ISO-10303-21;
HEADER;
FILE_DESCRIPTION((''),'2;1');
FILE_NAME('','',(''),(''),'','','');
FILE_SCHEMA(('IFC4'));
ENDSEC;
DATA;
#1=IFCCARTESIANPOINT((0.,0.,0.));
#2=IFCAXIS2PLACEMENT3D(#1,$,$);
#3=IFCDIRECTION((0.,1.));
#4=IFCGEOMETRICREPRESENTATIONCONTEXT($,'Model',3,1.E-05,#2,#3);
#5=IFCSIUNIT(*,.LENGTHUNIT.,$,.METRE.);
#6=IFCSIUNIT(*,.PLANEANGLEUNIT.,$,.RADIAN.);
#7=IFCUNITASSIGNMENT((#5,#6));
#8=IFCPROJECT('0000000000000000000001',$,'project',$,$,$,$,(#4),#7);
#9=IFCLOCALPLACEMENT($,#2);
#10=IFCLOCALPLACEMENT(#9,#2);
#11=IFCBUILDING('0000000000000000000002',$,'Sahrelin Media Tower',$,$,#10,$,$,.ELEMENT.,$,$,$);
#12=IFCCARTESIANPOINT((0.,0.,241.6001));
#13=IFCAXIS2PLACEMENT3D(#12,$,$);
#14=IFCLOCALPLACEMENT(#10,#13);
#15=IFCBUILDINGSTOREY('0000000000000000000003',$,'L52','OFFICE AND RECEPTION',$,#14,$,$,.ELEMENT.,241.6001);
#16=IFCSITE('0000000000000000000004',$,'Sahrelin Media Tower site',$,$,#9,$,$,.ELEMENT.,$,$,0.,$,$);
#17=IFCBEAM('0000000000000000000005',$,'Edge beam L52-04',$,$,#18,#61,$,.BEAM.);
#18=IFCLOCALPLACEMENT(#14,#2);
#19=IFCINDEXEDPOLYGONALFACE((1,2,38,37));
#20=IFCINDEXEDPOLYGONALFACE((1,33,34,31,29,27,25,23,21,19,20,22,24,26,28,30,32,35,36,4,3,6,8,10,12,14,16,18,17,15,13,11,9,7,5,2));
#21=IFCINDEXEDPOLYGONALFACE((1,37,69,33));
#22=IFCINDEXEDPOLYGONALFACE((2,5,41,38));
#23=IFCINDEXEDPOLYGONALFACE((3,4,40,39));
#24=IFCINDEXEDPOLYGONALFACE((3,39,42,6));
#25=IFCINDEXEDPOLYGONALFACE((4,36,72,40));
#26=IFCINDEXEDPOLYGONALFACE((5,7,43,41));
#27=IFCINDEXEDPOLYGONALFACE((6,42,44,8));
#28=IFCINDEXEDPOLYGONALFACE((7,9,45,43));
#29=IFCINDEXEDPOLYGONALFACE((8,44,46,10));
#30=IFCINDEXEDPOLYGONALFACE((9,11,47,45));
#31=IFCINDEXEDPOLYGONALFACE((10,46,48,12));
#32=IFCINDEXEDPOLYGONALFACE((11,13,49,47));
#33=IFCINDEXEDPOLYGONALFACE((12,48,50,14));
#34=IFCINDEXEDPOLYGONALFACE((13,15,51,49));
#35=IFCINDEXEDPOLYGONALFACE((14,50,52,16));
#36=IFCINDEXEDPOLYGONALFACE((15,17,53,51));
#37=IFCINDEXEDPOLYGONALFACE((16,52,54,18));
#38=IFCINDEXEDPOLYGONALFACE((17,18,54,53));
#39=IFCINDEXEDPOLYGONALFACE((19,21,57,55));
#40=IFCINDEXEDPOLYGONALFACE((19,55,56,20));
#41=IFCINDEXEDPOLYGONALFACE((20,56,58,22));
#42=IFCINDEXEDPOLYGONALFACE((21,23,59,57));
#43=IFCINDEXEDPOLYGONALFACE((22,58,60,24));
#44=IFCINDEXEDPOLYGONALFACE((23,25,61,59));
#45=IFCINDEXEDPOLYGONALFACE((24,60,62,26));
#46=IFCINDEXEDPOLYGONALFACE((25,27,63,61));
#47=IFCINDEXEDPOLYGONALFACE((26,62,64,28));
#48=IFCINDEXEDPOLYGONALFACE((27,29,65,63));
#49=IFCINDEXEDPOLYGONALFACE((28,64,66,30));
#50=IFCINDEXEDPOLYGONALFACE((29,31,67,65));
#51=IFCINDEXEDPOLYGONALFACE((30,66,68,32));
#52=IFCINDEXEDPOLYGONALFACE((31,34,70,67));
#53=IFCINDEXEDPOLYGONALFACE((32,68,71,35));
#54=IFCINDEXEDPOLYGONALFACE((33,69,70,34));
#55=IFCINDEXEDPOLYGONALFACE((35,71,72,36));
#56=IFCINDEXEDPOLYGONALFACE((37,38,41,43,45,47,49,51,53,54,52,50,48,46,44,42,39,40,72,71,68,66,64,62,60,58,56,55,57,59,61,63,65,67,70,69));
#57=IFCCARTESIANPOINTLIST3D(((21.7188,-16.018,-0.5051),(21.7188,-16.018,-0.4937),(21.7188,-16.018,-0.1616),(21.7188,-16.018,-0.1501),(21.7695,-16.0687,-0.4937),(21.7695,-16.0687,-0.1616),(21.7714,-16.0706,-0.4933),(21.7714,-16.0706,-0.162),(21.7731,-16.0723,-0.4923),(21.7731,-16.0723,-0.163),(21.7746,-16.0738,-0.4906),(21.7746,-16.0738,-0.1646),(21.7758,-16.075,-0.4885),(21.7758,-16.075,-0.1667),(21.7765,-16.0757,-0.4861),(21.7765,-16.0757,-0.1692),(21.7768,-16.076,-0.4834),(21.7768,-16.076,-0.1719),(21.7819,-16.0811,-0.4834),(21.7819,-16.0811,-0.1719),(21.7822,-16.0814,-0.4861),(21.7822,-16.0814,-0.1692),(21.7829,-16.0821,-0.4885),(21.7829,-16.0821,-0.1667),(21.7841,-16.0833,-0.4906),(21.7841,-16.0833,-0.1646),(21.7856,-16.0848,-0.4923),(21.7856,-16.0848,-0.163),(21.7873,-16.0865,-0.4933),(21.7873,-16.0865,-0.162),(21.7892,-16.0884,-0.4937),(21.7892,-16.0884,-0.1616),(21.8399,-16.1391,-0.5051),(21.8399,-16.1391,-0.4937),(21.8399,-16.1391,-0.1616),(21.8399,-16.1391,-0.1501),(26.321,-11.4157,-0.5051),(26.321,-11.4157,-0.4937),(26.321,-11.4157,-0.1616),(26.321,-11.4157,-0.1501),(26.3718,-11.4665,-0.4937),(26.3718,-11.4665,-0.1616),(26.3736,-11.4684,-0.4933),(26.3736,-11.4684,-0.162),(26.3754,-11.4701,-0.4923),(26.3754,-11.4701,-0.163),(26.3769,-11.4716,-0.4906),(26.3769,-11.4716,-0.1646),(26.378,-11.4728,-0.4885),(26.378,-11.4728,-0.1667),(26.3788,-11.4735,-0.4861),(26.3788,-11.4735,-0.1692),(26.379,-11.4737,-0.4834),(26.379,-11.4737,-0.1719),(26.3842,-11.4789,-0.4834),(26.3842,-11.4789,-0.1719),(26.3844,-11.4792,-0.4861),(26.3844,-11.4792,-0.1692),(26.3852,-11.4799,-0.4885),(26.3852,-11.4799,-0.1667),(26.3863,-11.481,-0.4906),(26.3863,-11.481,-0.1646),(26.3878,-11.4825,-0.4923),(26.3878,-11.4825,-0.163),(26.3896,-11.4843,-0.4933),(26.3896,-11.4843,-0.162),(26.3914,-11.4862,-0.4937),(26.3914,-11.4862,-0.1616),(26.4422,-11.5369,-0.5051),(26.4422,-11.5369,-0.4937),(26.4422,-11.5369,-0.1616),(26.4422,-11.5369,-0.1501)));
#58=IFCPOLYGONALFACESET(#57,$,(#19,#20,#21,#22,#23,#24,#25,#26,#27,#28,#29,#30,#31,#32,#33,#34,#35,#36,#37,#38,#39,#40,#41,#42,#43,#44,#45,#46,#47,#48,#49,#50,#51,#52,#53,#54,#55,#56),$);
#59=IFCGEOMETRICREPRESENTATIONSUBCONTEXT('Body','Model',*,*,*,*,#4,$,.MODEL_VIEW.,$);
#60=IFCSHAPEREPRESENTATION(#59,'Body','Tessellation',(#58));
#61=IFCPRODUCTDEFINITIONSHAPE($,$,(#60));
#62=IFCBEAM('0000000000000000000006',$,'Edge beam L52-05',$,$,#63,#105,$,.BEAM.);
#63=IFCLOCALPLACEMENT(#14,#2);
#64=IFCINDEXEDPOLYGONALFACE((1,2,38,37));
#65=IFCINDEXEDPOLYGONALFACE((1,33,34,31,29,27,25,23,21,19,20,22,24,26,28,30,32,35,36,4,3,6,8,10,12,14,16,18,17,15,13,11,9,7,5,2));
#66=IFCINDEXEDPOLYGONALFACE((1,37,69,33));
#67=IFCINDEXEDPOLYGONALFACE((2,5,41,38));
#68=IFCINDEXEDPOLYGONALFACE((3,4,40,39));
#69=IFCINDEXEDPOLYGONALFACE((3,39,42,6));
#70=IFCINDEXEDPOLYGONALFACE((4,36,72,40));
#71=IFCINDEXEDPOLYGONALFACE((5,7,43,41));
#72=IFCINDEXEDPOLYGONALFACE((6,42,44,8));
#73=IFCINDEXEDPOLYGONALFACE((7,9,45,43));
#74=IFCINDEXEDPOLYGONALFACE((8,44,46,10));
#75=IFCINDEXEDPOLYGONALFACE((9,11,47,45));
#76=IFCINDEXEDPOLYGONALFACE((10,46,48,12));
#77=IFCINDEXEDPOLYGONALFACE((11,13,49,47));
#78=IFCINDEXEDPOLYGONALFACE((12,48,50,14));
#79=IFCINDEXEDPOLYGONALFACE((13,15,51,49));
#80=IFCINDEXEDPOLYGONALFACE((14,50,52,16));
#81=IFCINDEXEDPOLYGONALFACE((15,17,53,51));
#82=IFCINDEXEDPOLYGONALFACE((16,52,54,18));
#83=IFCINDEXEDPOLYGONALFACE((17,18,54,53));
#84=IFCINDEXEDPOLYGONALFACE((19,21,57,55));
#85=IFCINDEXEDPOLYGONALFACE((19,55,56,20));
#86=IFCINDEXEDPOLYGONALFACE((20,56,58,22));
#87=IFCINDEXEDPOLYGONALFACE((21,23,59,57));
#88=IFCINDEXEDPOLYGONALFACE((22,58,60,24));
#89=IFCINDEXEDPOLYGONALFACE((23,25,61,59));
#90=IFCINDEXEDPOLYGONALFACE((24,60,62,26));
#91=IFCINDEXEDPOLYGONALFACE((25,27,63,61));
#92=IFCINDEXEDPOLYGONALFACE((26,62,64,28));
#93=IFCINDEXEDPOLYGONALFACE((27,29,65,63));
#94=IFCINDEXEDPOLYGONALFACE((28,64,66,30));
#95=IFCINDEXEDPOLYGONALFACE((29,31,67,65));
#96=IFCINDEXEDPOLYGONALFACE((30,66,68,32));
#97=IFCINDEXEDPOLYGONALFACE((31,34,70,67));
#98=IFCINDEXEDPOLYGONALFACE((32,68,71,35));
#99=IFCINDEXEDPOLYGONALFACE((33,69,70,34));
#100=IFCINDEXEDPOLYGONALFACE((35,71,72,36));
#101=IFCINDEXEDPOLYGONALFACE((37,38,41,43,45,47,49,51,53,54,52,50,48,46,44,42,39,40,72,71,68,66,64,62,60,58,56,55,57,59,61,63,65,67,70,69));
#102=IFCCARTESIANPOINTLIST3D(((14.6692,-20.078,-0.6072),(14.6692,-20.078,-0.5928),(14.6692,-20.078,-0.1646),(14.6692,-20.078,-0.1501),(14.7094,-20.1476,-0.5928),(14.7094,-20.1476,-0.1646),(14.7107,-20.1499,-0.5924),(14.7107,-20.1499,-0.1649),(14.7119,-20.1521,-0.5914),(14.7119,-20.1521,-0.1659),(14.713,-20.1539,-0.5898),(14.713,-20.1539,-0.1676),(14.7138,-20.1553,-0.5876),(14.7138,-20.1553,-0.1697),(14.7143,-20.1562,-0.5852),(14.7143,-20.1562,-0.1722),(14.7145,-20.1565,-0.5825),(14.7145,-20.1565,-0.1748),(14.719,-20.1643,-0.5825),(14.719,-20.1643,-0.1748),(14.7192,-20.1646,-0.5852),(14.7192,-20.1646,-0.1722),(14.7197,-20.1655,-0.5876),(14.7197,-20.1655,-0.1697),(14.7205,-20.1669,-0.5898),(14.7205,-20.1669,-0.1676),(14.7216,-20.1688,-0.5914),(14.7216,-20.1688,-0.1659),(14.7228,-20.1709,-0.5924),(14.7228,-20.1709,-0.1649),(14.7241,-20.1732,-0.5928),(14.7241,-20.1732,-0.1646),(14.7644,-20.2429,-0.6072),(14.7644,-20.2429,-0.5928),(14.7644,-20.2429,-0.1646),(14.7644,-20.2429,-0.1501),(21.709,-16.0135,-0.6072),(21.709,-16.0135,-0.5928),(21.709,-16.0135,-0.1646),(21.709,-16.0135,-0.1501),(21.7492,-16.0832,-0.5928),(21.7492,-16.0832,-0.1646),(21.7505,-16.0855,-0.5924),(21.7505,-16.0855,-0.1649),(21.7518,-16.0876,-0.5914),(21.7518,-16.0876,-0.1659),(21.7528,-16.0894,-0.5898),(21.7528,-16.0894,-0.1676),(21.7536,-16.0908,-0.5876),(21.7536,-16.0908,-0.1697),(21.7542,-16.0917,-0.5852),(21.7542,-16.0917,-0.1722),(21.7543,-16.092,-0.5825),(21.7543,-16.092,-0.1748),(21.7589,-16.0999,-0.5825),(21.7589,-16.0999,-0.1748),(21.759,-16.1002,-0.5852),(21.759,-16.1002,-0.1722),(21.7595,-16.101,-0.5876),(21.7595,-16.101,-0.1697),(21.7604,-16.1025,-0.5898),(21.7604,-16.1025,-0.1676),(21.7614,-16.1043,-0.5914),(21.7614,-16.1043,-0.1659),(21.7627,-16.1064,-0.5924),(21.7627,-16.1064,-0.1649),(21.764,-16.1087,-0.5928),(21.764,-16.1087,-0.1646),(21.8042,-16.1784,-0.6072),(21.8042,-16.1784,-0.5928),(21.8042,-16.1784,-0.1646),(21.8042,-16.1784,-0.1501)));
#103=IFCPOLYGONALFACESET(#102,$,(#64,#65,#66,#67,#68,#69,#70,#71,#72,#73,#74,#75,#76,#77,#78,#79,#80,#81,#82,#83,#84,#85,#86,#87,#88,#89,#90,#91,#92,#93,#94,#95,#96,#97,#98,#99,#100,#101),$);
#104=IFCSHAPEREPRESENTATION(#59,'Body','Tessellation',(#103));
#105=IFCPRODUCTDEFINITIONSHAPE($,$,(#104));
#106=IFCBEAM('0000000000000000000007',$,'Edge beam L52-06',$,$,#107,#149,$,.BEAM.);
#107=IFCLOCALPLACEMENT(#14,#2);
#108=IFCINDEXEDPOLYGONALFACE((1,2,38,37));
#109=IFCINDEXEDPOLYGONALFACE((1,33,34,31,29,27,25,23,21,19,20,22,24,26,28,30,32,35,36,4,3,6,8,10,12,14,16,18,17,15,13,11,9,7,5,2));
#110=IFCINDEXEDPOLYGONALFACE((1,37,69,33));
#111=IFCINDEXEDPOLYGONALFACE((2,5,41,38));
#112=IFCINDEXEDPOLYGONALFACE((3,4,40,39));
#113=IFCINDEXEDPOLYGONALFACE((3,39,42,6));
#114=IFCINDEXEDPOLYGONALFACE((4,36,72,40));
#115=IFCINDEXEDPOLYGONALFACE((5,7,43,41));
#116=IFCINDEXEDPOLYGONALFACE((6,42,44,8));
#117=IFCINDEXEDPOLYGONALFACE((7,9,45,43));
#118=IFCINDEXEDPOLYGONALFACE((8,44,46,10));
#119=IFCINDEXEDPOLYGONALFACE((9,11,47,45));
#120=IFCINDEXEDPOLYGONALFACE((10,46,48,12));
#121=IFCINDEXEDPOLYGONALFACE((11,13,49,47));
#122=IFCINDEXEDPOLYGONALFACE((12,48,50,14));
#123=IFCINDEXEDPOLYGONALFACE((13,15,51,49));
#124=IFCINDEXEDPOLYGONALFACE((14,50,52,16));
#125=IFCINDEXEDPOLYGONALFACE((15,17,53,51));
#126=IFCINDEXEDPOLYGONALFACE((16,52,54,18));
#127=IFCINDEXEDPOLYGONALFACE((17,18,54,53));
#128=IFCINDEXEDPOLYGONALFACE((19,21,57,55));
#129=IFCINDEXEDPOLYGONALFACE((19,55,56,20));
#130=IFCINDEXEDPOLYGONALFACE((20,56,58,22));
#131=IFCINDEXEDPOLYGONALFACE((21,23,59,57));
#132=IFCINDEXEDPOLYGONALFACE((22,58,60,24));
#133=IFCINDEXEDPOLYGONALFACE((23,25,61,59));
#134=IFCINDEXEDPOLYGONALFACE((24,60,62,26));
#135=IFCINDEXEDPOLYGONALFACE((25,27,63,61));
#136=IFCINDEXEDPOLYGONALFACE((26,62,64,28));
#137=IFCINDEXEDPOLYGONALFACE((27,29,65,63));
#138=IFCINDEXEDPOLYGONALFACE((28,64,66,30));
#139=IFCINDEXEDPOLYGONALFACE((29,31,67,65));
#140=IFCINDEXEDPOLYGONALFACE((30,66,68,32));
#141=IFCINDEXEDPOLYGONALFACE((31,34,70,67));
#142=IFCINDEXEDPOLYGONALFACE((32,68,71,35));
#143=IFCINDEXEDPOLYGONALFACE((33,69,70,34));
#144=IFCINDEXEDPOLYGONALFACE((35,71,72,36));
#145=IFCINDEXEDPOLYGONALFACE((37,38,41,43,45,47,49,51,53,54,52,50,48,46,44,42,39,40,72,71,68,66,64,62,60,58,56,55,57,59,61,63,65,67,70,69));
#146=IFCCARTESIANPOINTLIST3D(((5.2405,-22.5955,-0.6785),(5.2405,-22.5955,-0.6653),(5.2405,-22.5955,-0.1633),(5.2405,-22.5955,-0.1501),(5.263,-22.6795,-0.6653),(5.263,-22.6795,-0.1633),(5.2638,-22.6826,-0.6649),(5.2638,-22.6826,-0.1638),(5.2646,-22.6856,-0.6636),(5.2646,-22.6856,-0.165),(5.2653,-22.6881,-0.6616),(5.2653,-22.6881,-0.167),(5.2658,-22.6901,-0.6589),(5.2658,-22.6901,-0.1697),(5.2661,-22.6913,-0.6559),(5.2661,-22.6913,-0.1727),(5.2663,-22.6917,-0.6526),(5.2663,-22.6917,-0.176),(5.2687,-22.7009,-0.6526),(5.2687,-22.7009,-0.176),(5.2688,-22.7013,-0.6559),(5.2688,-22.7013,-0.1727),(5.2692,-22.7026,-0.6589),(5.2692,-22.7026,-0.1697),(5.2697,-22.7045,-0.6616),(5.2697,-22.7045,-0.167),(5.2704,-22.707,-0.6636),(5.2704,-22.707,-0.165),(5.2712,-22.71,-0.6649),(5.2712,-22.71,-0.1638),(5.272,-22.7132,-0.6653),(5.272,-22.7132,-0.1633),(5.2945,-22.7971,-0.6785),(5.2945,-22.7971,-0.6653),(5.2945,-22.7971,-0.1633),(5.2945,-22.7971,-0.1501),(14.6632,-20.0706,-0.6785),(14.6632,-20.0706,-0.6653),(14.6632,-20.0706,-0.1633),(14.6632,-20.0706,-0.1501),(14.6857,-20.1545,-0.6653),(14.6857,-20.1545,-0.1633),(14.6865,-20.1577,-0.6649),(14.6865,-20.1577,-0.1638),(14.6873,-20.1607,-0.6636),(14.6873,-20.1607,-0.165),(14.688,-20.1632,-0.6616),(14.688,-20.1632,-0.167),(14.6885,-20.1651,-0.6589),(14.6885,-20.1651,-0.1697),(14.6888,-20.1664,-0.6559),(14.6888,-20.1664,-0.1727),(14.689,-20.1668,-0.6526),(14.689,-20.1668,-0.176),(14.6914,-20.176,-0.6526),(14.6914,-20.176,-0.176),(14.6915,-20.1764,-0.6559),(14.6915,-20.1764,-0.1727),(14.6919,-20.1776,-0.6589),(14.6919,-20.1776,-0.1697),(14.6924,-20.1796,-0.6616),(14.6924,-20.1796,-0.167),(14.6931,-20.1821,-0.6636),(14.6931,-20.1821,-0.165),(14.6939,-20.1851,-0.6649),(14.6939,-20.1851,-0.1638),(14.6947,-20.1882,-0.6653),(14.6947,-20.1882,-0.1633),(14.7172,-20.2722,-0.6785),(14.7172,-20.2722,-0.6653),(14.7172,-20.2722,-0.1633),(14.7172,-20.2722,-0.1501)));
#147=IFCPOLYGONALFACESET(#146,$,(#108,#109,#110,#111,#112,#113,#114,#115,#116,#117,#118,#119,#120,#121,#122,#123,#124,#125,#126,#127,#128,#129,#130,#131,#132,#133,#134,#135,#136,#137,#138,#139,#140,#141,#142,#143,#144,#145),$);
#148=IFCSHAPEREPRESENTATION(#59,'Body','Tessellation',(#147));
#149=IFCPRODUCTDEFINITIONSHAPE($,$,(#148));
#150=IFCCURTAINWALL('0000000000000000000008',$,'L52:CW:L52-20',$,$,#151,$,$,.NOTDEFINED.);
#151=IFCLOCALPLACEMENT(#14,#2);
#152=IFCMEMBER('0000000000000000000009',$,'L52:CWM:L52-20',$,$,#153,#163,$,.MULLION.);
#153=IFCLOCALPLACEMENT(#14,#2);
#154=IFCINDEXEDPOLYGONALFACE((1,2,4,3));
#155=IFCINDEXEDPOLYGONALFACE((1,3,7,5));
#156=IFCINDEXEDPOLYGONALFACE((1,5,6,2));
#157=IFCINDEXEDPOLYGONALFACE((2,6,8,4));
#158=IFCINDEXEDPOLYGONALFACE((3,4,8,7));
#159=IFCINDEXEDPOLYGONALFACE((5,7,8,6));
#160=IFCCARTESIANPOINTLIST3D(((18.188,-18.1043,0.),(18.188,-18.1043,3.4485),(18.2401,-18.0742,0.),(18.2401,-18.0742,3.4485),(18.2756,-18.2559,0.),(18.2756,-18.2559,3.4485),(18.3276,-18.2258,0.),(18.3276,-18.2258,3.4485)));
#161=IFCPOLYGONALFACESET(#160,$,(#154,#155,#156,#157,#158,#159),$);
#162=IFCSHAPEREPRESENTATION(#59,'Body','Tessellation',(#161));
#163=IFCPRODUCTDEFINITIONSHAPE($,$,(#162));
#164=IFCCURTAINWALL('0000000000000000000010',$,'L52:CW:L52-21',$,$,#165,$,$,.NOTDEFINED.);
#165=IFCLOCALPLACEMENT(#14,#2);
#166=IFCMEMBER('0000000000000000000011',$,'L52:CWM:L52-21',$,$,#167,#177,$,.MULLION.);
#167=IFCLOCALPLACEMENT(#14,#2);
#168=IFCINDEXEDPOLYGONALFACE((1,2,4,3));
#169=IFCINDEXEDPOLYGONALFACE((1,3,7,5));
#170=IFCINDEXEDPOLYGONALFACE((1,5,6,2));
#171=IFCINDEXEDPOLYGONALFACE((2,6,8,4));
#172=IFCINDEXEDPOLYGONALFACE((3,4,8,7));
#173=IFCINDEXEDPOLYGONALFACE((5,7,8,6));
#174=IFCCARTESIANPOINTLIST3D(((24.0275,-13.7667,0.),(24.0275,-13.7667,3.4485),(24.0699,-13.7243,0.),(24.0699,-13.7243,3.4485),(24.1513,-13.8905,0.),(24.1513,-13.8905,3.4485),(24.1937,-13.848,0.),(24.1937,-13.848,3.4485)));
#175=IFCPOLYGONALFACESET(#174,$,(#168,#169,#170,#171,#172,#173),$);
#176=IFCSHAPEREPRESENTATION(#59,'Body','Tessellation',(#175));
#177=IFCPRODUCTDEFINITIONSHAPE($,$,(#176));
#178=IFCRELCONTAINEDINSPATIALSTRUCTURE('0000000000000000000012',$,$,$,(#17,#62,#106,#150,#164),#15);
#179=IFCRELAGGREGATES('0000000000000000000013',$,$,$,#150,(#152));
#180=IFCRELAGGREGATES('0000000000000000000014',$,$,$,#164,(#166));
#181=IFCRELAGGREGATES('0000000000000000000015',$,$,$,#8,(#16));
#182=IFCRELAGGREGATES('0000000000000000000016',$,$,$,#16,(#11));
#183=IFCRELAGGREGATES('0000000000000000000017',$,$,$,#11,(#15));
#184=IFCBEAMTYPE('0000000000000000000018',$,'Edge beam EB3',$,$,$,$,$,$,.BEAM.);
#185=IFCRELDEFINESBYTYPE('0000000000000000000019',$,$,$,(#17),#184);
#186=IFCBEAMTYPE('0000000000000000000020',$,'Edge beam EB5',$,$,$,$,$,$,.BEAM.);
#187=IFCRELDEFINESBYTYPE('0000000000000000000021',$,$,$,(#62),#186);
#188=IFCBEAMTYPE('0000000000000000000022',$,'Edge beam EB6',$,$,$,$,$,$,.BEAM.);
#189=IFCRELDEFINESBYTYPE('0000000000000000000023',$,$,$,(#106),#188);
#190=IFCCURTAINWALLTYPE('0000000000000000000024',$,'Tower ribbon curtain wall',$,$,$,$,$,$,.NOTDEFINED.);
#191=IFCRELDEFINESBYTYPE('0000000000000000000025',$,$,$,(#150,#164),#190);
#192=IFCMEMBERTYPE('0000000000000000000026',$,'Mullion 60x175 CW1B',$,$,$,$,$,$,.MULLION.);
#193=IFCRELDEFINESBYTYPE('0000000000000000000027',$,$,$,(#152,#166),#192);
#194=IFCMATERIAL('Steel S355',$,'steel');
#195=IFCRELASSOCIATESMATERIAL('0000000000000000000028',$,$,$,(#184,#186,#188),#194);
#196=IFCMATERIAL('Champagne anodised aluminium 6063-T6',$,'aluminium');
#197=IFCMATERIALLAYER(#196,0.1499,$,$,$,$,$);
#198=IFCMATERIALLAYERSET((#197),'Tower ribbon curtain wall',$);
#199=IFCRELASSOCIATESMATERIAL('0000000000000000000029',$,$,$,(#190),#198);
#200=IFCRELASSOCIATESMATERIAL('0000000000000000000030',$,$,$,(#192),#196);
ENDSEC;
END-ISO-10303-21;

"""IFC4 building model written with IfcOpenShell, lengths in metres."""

from ifc_helpers import new_model, si_unit, direction, frame, origin, origin_2d, place, context, subcontext, project, spatial, rectangle, i_section, extrude, material, layer, layer_set, material_profile, profile_set, type_object, element, aggregate, save


model = new_model("IFC4")

# Units and contexts
model_context = context("Model", 3, precision=1e-05, world=origin(), true_north=direction((0.0, 1.0)))
body_context = subcontext(model_context, "Body", "Model", "MODEL_VIEW")
ifc_project = project(units=[si_unit("LENGTHUNIT", "METRE"), si_unit("PLANEANGLEUNIT", "RADIAN")], contexts=[model_context])

# Site, building, storey
site_placement = place(None, origin())
site = spatial("IfcSite", under=ifc_project, at=site_placement, Name="Sahrelin Media Tower site", CompositionType="ELEMENT", RefElevation=0.0)
building_placement = place(site_placement, origin())
building = spatial("IfcBuilding", under=site, at=building_placement, Name="Sahrelin Media Tower", CompositionType="ELEMENT")
storey_placement = place(building_placement, frame((0.0, 0.0, 241.6001)))
storey = spatial("IfcBuildingStorey", under=building, at=storey_placement, Name="L52", Description="OFFICE AND RECEPTION", CompositionType="ELEMENT", Elevation=241.6001)

# Beams
ifc_material_1 = material(Name="Steel S355", Category="steel")
ifc_material_profile_1 = material_profile(ifc_material_1, i_section(OverallWidth=0.1714, OverallDepth=0.355, WebThickness=0.0073, FlangeThickness=0.0115, FilletRadius=0.0103, at=origin_2d()), Name="UB 356x171x51")
ifc_profile_set_1 = profile_set([ifc_material_profile_1], Name="Steel S355")
beam_type_1 = type_object("IfcBeamType", Name="Edge beam EB3", PredefinedType="BEAM", material=ifc_profile_set_1)
beam_1_placement = place(storey_placement, frame((26.3816, -11.4763, -0.3276), z_axis=(-0.707107, -0.707107, 0.0), x_axis=(0.707107, -0.707107, 0.0)))
element("IfcBeam", 1, at=beam_1_placement, inside=storey, type_object=beam_type_1, Name="Edge beam L52-04", PredefinedType="BEAM", context=body_context, shape_type="SweptSolid", body=[
    extrude(i_section(OverallWidth=0.1714, OverallDepth=0.355, WebThickness=0.0073, FlangeThickness=0.0115, FilletRadius=0.0103, at=origin_2d()), origin(), (0.0, 0.0, 1.0), 6.5085),
])
ifc_material_profile_2 = material_profile(ifc_material_1, i_section(OverallWidth=0.1904, OverallDepth=0.457, WebThickness=0.009, FlangeThickness=0.0144, FilletRadius=0.0103, at=origin_2d()), Name="UB 457x191x74")
ifc_profile_set_2 = profile_set([ifc_material_profile_2], Name="Steel S355")
beam_type_2 = type_object("IfcBeamType", Name="Edge beam EB5", PredefinedType="BEAM", material=ifc_profile_set_2)
beam_2_placement = place(storey_placement, frame((21.7566, -16.0959, -0.3787), z_axis=(-0.866024, -0.500002, 0.0), x_axis=(0.500002, -0.866024, 0.0)))
element("IfcBeam", 2, at=beam_2_placement, inside=storey, type_object=beam_type_2, Name="Edge beam L52-05", PredefinedType="BEAM", context=body_context, shape_type="SweptSolid", body=[
    extrude(i_section(OverallWidth=0.1904, OverallDepth=0.457, WebThickness=0.009, FlangeThickness=0.0144, FilletRadius=0.0103, at=origin_2d()), origin(), (0.0, 0.0, 1.0), 8.1289),
])
ifc_material_profile_3 = material_profile(ifc_material_1, i_section(OverallWidth=0.2087, OverallDepth=0.5283, WebThickness=0.0095, FlangeThickness=0.0132, FilletRadius=0.0127, at=origin_2d()), Name="UB 533x210x82")
ifc_profile_set_3 = profile_set([ifc_material_profile_3], Name="Steel S355")
beam_type_3 = type_object("IfcBeamType", Name="Edge beam EB6", PredefinedType="BEAM", material=ifc_profile_set_3)
beam_3_placement = place(storey_placement, frame((14.6902, -20.1714, -0.4143), z_axis=(-0.965923, -0.258831, 0.0), x_axis=(0.258831, -0.965923, 0.0)))
element("IfcBeam", 3, at=beam_3_placement, inside=storey, type_object=beam_type_3, Name="Edge beam L52-06", PredefinedType="BEAM", context=body_context, shape_type="SweptSolid", body=[
    extrude(i_section(OverallWidth=0.2087, OverallDepth=0.5283, WebThickness=0.0095, FlangeThickness=0.0132, FilletRadius=0.0127, at=origin_2d()), origin(), (0.0, 0.0, 1.0), 9.7551),
])

# Curtain walls, members
ifc_material_2 = material(Name="Champagne anodised aluminium 6063-T6", Category="aluminium")
ifc_layer_1 = layer(ifc_material_2, 0.1499)
ifc_layer_set_1 = layer_set([ifc_layer_1], Name="Tower ribbon curtain wall")
curtain_wall_type = type_object("IfcCurtainWallType", Name="Tower ribbon curtain wall", PredefinedType="NOTDEFINED", material=ifc_layer_set_1)
curtain_wall_1_placement = place(storey_placement, frame((18.3115, -18.2581, 0.0), z_axis=(0.0, 0.0, 1.0), x_axis=(1.0, 0.0, 0.0)))
curtain_wall_1 = element("IfcCurtainWall", 4, at=curtain_wall_1_placement, inside=storey, type_object=curtain_wall_type, Name="L52:CW:L52-20", PredefinedType="NOTDEFINED")
ifc_material_profile_4 = material_profile(ifc_material_2, rectangle(XDim=0.0601, YDim=0.175, at=origin_2d()), Name="Mullion 60x175")
ifc_profile_set_4 = profile_set([ifc_material_profile_4], Name="Champagne anodised aluminium 6063-T6")
member_type_1 = type_object("IfcMemberType", Name="Mullion 60x175 CW1B", PredefinedType="MULLION", material=ifc_profile_set_4)
member_1_placement = place(storey_placement, frame((18.2578, -18.165, 0.0), z_axis=(0.0, 0.0, 1.0), x_axis=(0.866027, 0.499997, 0.0)))
member_1 = element("IfcMember", 5, at=member_1_placement, type_object=member_type_1, Name="L52:CWM:L52-20", PredefinedType="MULLION", context=body_context, shape_type="SweptSolid", body=[
    extrude(rectangle(XDim=0.0601, YDim=0.175, at=origin_2d()), origin(), (0.0, 0.0, 1.0), 3.4485),
])
curtain_wall_2_placement = place(storey_placement, frame((24.1865, -13.8833, 0.0), z_axis=(0.0, 0.0, 1.0), x_axis=(1.0, 0.0, 0.0)))
curtain_wall_2 = element("IfcCurtainWall", 6, at=curtain_wall_2_placement, inside=storey, type_object=curtain_wall_type, Name="L52:CW:L52-21", PredefinedType="NOTDEFINED")
member_2_placement = place(storey_placement, frame((24.1106, -13.8074, 0.0), z_axis=(0.0, 0.0, 1.0), x_axis=(0.707107, 0.707107, 0.0)))
member_2 = element("IfcMember", 7, at=member_2_placement, type_object=member_type_1, Name="L52:CWM:L52-21", PredefinedType="MULLION", context=body_context, shape_type="SweptSolid", body=[
    extrude(rectangle(XDim=0.0601, YDim=0.175, at=origin_2d()), origin(), (0.0, 0.0, 1.0), 3.4485),
])

aggregate(curtain_wall_1, [member_1])
aggregate(curtain_wall_2, [member_2])

save(model, "model.ifc")
